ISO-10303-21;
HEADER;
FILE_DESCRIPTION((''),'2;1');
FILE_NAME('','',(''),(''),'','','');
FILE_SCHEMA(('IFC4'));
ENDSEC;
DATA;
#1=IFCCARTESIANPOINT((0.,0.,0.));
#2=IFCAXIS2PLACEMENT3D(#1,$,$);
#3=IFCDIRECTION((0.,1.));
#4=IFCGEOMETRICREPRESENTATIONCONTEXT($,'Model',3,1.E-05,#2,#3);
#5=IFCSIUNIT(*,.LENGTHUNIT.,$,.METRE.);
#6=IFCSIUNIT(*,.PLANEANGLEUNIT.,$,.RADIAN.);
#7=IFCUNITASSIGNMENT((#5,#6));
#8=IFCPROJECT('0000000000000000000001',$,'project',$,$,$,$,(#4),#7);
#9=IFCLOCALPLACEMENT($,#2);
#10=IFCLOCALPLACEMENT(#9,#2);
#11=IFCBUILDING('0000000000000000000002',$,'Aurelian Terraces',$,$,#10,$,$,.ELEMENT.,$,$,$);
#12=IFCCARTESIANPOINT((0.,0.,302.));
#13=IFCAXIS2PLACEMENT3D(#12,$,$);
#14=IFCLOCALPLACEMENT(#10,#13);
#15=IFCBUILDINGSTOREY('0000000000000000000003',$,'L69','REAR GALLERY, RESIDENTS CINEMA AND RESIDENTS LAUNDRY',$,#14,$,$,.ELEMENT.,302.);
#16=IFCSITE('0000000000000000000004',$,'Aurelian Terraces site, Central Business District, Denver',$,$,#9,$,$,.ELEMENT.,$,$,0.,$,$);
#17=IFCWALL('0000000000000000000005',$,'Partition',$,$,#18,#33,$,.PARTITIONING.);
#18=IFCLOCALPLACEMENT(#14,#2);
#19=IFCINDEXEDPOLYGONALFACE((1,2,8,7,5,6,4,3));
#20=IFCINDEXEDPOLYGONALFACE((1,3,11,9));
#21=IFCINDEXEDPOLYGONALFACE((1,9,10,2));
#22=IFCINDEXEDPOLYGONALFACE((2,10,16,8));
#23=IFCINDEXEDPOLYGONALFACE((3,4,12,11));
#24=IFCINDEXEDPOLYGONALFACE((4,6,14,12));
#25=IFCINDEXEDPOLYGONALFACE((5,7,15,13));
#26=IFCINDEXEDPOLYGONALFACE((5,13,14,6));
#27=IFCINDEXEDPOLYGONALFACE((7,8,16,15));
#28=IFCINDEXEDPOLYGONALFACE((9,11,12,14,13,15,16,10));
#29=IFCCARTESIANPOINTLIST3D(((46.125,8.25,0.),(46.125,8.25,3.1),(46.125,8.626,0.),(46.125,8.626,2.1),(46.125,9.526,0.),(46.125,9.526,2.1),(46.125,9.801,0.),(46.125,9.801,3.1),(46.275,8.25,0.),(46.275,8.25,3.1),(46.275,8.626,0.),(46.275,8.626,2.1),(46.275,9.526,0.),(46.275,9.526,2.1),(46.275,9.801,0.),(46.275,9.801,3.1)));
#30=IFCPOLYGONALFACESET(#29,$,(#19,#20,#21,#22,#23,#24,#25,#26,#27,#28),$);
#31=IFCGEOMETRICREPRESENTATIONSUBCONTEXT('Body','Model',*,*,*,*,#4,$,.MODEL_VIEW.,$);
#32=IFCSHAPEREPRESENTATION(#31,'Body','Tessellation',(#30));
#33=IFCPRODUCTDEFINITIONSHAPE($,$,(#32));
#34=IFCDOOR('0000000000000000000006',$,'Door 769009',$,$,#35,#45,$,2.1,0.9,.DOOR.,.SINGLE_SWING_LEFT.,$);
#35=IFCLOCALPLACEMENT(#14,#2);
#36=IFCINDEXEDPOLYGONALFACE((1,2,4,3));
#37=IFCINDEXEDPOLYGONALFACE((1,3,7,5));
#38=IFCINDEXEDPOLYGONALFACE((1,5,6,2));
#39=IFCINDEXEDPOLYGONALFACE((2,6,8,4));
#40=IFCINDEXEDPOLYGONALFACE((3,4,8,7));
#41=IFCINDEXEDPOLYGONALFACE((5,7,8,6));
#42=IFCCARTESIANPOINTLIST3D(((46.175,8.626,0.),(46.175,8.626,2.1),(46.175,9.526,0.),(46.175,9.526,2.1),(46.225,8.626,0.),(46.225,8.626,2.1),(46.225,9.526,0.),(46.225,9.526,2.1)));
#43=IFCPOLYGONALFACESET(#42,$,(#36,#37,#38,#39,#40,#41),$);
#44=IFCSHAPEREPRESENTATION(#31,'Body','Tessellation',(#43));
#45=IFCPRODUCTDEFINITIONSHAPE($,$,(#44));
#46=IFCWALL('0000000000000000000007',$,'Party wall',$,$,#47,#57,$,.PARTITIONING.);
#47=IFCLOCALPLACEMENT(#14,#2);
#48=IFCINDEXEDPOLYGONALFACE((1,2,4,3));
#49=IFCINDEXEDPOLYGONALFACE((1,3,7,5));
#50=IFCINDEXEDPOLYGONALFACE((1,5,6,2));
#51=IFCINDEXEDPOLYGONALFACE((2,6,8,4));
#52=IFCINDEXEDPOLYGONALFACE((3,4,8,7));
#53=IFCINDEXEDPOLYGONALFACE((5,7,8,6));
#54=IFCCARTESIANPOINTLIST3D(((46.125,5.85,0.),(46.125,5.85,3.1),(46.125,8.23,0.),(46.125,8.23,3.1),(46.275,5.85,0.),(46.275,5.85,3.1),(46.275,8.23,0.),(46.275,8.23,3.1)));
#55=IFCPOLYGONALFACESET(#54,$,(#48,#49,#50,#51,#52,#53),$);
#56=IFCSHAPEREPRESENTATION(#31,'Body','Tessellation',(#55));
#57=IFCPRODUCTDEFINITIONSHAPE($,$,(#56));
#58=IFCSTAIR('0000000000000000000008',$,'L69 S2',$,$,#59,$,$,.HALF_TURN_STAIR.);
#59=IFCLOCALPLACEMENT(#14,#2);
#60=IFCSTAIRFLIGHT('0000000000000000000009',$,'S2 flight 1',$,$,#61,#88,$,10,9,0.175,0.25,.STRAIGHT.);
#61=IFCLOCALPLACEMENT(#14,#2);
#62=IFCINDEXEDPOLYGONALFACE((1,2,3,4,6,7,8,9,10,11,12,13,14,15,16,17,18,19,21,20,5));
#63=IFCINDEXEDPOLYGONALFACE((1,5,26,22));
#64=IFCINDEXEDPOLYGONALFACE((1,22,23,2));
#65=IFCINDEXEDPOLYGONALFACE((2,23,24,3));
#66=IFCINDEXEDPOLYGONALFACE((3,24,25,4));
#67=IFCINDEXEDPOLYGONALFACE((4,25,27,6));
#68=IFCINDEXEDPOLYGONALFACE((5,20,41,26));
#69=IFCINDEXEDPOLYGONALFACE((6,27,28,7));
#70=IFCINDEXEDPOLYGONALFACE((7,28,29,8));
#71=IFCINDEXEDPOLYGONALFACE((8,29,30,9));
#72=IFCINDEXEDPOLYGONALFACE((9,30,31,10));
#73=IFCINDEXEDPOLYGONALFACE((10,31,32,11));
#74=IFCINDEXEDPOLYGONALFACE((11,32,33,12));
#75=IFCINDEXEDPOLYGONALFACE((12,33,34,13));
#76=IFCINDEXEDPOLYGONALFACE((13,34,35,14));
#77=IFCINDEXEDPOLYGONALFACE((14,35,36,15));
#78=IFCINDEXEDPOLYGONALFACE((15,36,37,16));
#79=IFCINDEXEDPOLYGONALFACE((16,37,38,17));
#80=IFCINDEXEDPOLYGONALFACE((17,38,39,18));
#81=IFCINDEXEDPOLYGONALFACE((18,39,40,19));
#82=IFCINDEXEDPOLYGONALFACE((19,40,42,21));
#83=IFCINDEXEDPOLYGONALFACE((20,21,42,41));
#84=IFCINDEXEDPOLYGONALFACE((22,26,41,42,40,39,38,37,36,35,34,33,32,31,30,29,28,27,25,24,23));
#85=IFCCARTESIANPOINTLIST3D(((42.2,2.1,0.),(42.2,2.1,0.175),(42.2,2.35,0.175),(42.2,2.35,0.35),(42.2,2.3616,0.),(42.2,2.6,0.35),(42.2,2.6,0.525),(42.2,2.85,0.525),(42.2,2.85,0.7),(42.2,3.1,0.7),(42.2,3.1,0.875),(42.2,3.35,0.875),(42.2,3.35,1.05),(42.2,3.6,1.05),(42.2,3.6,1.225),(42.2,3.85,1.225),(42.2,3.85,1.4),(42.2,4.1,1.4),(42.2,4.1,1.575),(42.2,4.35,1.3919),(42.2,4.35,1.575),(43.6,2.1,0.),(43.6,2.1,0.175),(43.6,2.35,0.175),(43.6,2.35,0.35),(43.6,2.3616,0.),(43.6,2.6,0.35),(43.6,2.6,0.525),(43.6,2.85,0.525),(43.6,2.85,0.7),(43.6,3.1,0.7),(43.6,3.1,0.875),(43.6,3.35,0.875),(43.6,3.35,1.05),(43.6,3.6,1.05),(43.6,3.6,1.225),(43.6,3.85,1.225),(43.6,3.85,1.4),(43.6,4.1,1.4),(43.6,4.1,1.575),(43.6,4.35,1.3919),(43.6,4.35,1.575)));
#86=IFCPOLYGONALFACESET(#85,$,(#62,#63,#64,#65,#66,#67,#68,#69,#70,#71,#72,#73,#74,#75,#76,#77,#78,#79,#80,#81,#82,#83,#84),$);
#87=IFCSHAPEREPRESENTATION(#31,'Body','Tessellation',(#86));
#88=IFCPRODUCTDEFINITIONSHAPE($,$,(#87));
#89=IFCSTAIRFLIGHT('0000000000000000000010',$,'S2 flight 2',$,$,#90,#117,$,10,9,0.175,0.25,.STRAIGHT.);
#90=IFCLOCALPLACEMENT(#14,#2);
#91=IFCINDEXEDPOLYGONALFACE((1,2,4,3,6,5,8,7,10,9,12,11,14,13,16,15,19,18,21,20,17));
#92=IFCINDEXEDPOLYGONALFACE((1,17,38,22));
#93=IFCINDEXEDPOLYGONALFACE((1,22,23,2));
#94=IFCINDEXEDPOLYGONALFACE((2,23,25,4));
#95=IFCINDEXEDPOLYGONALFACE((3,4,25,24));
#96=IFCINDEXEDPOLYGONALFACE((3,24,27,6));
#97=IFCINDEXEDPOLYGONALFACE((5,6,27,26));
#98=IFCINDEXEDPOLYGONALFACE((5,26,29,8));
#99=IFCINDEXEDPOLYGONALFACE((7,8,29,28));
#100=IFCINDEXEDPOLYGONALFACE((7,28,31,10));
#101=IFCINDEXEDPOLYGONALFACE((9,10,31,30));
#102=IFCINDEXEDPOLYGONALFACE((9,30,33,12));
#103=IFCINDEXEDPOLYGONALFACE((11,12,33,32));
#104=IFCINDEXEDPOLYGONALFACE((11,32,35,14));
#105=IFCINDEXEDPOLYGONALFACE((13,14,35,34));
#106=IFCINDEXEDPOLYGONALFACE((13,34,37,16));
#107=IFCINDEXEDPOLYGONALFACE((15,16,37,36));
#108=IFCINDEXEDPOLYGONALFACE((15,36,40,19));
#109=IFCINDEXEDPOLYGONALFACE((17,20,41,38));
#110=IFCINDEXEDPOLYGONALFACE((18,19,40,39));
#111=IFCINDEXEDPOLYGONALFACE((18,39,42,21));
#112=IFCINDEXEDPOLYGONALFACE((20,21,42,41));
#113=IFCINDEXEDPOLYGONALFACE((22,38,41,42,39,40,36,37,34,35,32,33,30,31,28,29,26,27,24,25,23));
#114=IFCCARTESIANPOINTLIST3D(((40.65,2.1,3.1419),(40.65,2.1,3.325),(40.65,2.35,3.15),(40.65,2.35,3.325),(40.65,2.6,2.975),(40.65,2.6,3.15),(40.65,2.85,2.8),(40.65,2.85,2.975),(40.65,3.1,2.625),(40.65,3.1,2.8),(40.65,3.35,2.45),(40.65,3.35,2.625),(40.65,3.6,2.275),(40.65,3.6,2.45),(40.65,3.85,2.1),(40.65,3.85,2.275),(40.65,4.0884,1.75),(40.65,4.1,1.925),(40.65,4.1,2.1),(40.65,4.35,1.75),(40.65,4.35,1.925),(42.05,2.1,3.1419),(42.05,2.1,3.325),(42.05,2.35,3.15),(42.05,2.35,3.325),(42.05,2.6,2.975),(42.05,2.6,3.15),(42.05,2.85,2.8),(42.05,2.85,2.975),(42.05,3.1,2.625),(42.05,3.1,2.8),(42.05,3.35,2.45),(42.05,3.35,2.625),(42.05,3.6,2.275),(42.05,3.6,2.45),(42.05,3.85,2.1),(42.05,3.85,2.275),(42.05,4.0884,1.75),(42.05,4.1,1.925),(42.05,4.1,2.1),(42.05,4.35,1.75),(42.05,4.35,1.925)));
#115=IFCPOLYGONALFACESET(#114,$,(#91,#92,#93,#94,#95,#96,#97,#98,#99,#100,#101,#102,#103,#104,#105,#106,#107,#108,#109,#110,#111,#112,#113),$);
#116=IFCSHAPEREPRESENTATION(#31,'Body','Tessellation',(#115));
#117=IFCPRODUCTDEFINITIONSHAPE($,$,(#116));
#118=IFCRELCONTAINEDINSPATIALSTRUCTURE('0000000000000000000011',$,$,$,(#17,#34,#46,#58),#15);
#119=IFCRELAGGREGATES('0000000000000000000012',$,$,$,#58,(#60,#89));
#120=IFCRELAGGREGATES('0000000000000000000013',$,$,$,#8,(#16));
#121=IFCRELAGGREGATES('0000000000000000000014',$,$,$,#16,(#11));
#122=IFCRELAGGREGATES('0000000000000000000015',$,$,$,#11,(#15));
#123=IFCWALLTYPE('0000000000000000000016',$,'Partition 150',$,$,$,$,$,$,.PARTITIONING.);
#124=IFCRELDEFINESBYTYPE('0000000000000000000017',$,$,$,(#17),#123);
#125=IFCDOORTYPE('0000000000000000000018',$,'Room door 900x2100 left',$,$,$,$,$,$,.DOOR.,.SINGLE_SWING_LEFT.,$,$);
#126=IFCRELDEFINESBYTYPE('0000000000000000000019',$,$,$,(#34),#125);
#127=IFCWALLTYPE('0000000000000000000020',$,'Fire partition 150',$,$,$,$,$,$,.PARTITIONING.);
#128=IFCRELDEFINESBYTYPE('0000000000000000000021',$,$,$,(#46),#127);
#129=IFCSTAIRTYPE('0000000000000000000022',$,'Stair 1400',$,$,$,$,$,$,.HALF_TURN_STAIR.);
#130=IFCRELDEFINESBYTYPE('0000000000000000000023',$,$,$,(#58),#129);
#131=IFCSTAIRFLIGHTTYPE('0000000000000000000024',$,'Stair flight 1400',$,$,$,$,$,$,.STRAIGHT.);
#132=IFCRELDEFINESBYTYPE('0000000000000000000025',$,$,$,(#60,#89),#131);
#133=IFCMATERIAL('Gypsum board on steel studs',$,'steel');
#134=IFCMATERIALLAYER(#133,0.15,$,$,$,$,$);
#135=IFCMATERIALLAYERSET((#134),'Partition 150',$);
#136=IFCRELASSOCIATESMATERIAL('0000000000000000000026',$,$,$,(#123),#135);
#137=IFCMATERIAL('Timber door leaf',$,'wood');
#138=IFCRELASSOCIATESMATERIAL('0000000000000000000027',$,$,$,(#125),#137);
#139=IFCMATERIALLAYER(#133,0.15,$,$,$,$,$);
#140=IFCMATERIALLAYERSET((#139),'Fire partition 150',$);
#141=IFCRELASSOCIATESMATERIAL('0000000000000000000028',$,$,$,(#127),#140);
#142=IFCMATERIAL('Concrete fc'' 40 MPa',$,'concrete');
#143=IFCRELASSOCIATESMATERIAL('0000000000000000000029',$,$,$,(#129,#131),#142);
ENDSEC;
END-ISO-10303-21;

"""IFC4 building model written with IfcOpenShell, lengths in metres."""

from ifc_helpers import new_model, si_unit, direction, frame, frame_2d, origin, place, context, subcontext, project, spatial, polyline, rectangle, outline, extrude, source, transform, mapped, material, layer, layer_set, type_object, element, fill, aggregate, save


model = new_model("IFC4")

# Units and contexts
model_context = context("Model", 3, precision=1e-05, world=origin(), true_north=direction((0.0, 1.0)))
body_context = subcontext(model_context, "Body", "Model", "MODEL_VIEW")
ifc_project = project(units=[si_unit("LENGTHUNIT", "METRE"), si_unit("PLANEANGLEUNIT", "RADIAN")], contexts=[model_context])

# Site, building, storey
site_placement = place(None, origin())
site = spatial("IfcSite", under=ifc_project, at=site_placement, Name="Aurelian Terraces site, Central Business District, Denver", CompositionType="ELEMENT", RefElevation=0.0)
building_placement = place(site_placement, origin())
building = spatial("IfcBuilding", under=site, at=building_placement, Name="Aurelian Terraces", CompositionType="ELEMENT")
storey_placement = place(building_placement, frame((0.0, 0.0, 302.0)))
storey = spatial("IfcBuildingStorey", under=building, at=storey_placement, Name="L69", Description="REAR GALLERY, RESIDENTS CINEMA AND RESIDENTS LAUNDRY", CompositionType="ELEMENT", Elevation=302.0)

# Shared definitions
ifc_material_1 = material(Name="Concrete fc' 40 MPa", Category="concrete")
ifc_material_2 = material(Name="Gypsum board on steel studs", Category="steel")
ifc_layer_1 = layer(ifc_material_2, 0.15)
ifc_layer_set_1 = layer_set([ifc_layer_1], Name="Partition 150")
wall_type_1 = type_object("IfcWallType", Name="Partition 150", PredefinedType="PARTITIONING", material=ifc_layer_set_1)

# Shared definitions
shared_shape_1 = source(origin(), body_context, "Body", "SweptSolid", [
    extrude(rectangle(XDim=0.9, YDim=2.1, at=frame_2d((0.45, 1.05))), frame((0.0, 0.085, 0.0), z_axis=(0.0, -1.0, 0.0), x_axis=(1.0, 0.0, 0.0)), (0.0, 0.0, 1.0), 0.17),
])
ifc_material_3 = material(Name="Timber door leaf", Category="wood")
door_type = type_object("IfcDoorType", Name="Room door 900x2100 left", OperationType="SINGLE_SWING_LEFT", PredefinedType="DOOR", material=ifc_material_3)
shared_shape_2 = source(origin(), body_context, "Body", "SweptSolid", [
    extrude(rectangle(XDim=0.9, YDim=2.1, at=frame_2d((0.45, 1.05))), frame((0.0, 0.025, 0.0), z_axis=(0.0, -1.0, 0.0), x_axis=(1.0, 0.0, 0.0)), (0.0, 0.0, 1.0), 0.05),
])

# Shared definitions
ifc_layer_2 = layer(ifc_material_2, 0.15)
ifc_layer_set_2 = layer_set([ifc_layer_2], Name="Fire partition 150")
wall_type_2 = type_object("IfcWallType", Name="Fire partition 150", PredefinedType="PARTITIONING", material=ifc_layer_set_2)

# Wall, opening, door
shared_shape_3 = source(origin(), body_context, "Body", "SweptSolid", [
    extrude(rectangle(XDim=1.551, YDim=0.15, at=frame_2d((0.7755, 0.0))), origin(), (0.0, 0.0, 1.0), 3.1),
])
wall_1_placement = place(storey_placement, frame((46.2, 9.801, 0.0), z_axis=(0.0, 0.0, 1.0), x_axis=(0.0, -1.0, 0.0)))
wall_1 = element("IfcWall", 1, at=wall_1_placement, inside=storey, type_object=wall_type_1, Name="Partition", PredefinedType="PARTITIONING", context=body_context, shape_type="MappedRepresentation", body=[
    mapped(shared_shape_3, transform((0.0, 0.0, 0.0), scale=1.0)),
])
opening_1_placement = place(wall_1_placement, frame((0.275, 0.0, 0.0)))
opening_1 = element("IfcOpeningElement", 2, at=opening_1_placement, cuts=wall_1, PredefinedType="OPENING", context=body_context, shape_type="MappedRepresentation", body=[
    mapped(shared_shape_1, transform((0.0, 0.0, 0.0), scale=1.0)),
])
door_1_placement = place(opening_1_placement, origin())
door_1 = element("IfcDoor", 3, at=door_1_placement, inside=storey, type_object=door_type, Name="Door 769009", OperationType="SINGLE_SWING_LEFT", OverallHeight=2.1, OverallWidth=0.9, PredefinedType="DOOR", context=body_context, shape_type="MappedRepresentation", body=[
    mapped(shared_shape_2, transform((0.0, 0.0, 0.0), scale=1.0)),
])
fill(opening_1, door_1)

# Wall
shared_shape_4 = source(origin(), body_context, "Body", "SweptSolid", [
    extrude(rectangle(XDim=2.38, YDim=0.15, at=frame_2d((1.19, 0.0))), origin(), (0.0, 0.0, 1.0), 3.1),
])
wall_2_placement = place(storey_placement, frame((46.2, 5.85, 0.0), z_axis=(0.0, 0.0, 1.0), x_axis=(0.0, 1.0, 0.0)))
element("IfcWall", 4, at=wall_2_placement, inside=storey, type_object=wall_type_2, Name="Party wall", PredefinedType="PARTITIONING", context=body_context, shape_type="MappedRepresentation", body=[
    mapped(shared_shape_4, transform((0.0, 0.0, 0.0), scale=1.0)),
])

# Stair, stair flights
stair_type = type_object("IfcStairType", Name="Stair 1400", PredefinedType="HALF_TURN_STAIR", material=ifc_material_1)
stair_placement = place(storey_placement, origin())
stair = element("IfcStair", 5, at=stair_placement, inside=storey, type_object=stair_type, Name="L69 S2", PredefinedType="HALF_TURN_STAIR")
stair_flight_type = type_object("IfcStairFlightType", Name="Stair flight 1400", PredefinedType="STRAIGHT", material=ifc_material_1)
shared_shape_5 = source(origin(), body_context, "Body", "SweptSolid", [
    extrude(outline(polyline([(0.0, 0.0), (0.0, 0.175), (0.25, 0.175), (0.25, 0.35), (0.5, 0.35), (0.5, 0.525), (0.75, 0.525), (0.75, 0.7), (1.0, 0.7), (1.0, 0.875), (1.25, 0.875), (1.25, 1.05), (1.5, 1.05), (1.5, 1.225), (1.75, 1.225), (1.75, 1.4), (2.0, 1.4), (2.0, 1.575), (2.25, 1.575), (2.25, 1.75), (2.25, 1.3919), (0.2616, 0.0), (0.0, 0.0)])), frame((0.0, 0.7, 0.0), z_axis=(0.0, -1.0, 0.0), x_axis=(1.0, 0.0, 0.0)), (0.0, 0.0, 1.0), 1.4),
])
stair_flight_1_placement = place(storey_placement, frame((42.9, 2.1, 0.0), z_axis=(0.0, 0.0, 1.0), x_axis=(0.0, 1.0, 0.0)))
stair_flight_1 = element("IfcStairFlight", 6, at=stair_flight_1_placement, type_object=stair_flight_type, Name="S2 flight 1", NumberOfRisers=10, NumberOfTreads=9, PredefinedType="STRAIGHT", RiserHeight=0.175, TreadLength=0.25, context=body_context, shape_type="MappedRepresentation", body=[
    mapped(shared_shape_5, transform((0.0, 0.0, 0.0), scale=1.0)),
])
stair_flight_2_placement = place(storey_placement, frame((41.35, 4.35, 1.75), z_axis=(0.0, 0.0, 1.0), x_axis=(0.0, -1.0, 0.0)))
stair_flight_2 = element("IfcStairFlight", 7, at=stair_flight_2_placement, type_object=stair_flight_type, Name="S2 flight 2", NumberOfRisers=10, NumberOfTreads=9, PredefinedType="STRAIGHT", RiserHeight=0.175, TreadLength=0.25, context=body_context, shape_type="MappedRepresentation", body=[
    mapped(shared_shape_5, transform((0.0, 0.0, 0.0), scale=1.0)),
])
aggregate(stair, [stair_flight_1, stair_flight_2])

save(model, "model.ifc")
